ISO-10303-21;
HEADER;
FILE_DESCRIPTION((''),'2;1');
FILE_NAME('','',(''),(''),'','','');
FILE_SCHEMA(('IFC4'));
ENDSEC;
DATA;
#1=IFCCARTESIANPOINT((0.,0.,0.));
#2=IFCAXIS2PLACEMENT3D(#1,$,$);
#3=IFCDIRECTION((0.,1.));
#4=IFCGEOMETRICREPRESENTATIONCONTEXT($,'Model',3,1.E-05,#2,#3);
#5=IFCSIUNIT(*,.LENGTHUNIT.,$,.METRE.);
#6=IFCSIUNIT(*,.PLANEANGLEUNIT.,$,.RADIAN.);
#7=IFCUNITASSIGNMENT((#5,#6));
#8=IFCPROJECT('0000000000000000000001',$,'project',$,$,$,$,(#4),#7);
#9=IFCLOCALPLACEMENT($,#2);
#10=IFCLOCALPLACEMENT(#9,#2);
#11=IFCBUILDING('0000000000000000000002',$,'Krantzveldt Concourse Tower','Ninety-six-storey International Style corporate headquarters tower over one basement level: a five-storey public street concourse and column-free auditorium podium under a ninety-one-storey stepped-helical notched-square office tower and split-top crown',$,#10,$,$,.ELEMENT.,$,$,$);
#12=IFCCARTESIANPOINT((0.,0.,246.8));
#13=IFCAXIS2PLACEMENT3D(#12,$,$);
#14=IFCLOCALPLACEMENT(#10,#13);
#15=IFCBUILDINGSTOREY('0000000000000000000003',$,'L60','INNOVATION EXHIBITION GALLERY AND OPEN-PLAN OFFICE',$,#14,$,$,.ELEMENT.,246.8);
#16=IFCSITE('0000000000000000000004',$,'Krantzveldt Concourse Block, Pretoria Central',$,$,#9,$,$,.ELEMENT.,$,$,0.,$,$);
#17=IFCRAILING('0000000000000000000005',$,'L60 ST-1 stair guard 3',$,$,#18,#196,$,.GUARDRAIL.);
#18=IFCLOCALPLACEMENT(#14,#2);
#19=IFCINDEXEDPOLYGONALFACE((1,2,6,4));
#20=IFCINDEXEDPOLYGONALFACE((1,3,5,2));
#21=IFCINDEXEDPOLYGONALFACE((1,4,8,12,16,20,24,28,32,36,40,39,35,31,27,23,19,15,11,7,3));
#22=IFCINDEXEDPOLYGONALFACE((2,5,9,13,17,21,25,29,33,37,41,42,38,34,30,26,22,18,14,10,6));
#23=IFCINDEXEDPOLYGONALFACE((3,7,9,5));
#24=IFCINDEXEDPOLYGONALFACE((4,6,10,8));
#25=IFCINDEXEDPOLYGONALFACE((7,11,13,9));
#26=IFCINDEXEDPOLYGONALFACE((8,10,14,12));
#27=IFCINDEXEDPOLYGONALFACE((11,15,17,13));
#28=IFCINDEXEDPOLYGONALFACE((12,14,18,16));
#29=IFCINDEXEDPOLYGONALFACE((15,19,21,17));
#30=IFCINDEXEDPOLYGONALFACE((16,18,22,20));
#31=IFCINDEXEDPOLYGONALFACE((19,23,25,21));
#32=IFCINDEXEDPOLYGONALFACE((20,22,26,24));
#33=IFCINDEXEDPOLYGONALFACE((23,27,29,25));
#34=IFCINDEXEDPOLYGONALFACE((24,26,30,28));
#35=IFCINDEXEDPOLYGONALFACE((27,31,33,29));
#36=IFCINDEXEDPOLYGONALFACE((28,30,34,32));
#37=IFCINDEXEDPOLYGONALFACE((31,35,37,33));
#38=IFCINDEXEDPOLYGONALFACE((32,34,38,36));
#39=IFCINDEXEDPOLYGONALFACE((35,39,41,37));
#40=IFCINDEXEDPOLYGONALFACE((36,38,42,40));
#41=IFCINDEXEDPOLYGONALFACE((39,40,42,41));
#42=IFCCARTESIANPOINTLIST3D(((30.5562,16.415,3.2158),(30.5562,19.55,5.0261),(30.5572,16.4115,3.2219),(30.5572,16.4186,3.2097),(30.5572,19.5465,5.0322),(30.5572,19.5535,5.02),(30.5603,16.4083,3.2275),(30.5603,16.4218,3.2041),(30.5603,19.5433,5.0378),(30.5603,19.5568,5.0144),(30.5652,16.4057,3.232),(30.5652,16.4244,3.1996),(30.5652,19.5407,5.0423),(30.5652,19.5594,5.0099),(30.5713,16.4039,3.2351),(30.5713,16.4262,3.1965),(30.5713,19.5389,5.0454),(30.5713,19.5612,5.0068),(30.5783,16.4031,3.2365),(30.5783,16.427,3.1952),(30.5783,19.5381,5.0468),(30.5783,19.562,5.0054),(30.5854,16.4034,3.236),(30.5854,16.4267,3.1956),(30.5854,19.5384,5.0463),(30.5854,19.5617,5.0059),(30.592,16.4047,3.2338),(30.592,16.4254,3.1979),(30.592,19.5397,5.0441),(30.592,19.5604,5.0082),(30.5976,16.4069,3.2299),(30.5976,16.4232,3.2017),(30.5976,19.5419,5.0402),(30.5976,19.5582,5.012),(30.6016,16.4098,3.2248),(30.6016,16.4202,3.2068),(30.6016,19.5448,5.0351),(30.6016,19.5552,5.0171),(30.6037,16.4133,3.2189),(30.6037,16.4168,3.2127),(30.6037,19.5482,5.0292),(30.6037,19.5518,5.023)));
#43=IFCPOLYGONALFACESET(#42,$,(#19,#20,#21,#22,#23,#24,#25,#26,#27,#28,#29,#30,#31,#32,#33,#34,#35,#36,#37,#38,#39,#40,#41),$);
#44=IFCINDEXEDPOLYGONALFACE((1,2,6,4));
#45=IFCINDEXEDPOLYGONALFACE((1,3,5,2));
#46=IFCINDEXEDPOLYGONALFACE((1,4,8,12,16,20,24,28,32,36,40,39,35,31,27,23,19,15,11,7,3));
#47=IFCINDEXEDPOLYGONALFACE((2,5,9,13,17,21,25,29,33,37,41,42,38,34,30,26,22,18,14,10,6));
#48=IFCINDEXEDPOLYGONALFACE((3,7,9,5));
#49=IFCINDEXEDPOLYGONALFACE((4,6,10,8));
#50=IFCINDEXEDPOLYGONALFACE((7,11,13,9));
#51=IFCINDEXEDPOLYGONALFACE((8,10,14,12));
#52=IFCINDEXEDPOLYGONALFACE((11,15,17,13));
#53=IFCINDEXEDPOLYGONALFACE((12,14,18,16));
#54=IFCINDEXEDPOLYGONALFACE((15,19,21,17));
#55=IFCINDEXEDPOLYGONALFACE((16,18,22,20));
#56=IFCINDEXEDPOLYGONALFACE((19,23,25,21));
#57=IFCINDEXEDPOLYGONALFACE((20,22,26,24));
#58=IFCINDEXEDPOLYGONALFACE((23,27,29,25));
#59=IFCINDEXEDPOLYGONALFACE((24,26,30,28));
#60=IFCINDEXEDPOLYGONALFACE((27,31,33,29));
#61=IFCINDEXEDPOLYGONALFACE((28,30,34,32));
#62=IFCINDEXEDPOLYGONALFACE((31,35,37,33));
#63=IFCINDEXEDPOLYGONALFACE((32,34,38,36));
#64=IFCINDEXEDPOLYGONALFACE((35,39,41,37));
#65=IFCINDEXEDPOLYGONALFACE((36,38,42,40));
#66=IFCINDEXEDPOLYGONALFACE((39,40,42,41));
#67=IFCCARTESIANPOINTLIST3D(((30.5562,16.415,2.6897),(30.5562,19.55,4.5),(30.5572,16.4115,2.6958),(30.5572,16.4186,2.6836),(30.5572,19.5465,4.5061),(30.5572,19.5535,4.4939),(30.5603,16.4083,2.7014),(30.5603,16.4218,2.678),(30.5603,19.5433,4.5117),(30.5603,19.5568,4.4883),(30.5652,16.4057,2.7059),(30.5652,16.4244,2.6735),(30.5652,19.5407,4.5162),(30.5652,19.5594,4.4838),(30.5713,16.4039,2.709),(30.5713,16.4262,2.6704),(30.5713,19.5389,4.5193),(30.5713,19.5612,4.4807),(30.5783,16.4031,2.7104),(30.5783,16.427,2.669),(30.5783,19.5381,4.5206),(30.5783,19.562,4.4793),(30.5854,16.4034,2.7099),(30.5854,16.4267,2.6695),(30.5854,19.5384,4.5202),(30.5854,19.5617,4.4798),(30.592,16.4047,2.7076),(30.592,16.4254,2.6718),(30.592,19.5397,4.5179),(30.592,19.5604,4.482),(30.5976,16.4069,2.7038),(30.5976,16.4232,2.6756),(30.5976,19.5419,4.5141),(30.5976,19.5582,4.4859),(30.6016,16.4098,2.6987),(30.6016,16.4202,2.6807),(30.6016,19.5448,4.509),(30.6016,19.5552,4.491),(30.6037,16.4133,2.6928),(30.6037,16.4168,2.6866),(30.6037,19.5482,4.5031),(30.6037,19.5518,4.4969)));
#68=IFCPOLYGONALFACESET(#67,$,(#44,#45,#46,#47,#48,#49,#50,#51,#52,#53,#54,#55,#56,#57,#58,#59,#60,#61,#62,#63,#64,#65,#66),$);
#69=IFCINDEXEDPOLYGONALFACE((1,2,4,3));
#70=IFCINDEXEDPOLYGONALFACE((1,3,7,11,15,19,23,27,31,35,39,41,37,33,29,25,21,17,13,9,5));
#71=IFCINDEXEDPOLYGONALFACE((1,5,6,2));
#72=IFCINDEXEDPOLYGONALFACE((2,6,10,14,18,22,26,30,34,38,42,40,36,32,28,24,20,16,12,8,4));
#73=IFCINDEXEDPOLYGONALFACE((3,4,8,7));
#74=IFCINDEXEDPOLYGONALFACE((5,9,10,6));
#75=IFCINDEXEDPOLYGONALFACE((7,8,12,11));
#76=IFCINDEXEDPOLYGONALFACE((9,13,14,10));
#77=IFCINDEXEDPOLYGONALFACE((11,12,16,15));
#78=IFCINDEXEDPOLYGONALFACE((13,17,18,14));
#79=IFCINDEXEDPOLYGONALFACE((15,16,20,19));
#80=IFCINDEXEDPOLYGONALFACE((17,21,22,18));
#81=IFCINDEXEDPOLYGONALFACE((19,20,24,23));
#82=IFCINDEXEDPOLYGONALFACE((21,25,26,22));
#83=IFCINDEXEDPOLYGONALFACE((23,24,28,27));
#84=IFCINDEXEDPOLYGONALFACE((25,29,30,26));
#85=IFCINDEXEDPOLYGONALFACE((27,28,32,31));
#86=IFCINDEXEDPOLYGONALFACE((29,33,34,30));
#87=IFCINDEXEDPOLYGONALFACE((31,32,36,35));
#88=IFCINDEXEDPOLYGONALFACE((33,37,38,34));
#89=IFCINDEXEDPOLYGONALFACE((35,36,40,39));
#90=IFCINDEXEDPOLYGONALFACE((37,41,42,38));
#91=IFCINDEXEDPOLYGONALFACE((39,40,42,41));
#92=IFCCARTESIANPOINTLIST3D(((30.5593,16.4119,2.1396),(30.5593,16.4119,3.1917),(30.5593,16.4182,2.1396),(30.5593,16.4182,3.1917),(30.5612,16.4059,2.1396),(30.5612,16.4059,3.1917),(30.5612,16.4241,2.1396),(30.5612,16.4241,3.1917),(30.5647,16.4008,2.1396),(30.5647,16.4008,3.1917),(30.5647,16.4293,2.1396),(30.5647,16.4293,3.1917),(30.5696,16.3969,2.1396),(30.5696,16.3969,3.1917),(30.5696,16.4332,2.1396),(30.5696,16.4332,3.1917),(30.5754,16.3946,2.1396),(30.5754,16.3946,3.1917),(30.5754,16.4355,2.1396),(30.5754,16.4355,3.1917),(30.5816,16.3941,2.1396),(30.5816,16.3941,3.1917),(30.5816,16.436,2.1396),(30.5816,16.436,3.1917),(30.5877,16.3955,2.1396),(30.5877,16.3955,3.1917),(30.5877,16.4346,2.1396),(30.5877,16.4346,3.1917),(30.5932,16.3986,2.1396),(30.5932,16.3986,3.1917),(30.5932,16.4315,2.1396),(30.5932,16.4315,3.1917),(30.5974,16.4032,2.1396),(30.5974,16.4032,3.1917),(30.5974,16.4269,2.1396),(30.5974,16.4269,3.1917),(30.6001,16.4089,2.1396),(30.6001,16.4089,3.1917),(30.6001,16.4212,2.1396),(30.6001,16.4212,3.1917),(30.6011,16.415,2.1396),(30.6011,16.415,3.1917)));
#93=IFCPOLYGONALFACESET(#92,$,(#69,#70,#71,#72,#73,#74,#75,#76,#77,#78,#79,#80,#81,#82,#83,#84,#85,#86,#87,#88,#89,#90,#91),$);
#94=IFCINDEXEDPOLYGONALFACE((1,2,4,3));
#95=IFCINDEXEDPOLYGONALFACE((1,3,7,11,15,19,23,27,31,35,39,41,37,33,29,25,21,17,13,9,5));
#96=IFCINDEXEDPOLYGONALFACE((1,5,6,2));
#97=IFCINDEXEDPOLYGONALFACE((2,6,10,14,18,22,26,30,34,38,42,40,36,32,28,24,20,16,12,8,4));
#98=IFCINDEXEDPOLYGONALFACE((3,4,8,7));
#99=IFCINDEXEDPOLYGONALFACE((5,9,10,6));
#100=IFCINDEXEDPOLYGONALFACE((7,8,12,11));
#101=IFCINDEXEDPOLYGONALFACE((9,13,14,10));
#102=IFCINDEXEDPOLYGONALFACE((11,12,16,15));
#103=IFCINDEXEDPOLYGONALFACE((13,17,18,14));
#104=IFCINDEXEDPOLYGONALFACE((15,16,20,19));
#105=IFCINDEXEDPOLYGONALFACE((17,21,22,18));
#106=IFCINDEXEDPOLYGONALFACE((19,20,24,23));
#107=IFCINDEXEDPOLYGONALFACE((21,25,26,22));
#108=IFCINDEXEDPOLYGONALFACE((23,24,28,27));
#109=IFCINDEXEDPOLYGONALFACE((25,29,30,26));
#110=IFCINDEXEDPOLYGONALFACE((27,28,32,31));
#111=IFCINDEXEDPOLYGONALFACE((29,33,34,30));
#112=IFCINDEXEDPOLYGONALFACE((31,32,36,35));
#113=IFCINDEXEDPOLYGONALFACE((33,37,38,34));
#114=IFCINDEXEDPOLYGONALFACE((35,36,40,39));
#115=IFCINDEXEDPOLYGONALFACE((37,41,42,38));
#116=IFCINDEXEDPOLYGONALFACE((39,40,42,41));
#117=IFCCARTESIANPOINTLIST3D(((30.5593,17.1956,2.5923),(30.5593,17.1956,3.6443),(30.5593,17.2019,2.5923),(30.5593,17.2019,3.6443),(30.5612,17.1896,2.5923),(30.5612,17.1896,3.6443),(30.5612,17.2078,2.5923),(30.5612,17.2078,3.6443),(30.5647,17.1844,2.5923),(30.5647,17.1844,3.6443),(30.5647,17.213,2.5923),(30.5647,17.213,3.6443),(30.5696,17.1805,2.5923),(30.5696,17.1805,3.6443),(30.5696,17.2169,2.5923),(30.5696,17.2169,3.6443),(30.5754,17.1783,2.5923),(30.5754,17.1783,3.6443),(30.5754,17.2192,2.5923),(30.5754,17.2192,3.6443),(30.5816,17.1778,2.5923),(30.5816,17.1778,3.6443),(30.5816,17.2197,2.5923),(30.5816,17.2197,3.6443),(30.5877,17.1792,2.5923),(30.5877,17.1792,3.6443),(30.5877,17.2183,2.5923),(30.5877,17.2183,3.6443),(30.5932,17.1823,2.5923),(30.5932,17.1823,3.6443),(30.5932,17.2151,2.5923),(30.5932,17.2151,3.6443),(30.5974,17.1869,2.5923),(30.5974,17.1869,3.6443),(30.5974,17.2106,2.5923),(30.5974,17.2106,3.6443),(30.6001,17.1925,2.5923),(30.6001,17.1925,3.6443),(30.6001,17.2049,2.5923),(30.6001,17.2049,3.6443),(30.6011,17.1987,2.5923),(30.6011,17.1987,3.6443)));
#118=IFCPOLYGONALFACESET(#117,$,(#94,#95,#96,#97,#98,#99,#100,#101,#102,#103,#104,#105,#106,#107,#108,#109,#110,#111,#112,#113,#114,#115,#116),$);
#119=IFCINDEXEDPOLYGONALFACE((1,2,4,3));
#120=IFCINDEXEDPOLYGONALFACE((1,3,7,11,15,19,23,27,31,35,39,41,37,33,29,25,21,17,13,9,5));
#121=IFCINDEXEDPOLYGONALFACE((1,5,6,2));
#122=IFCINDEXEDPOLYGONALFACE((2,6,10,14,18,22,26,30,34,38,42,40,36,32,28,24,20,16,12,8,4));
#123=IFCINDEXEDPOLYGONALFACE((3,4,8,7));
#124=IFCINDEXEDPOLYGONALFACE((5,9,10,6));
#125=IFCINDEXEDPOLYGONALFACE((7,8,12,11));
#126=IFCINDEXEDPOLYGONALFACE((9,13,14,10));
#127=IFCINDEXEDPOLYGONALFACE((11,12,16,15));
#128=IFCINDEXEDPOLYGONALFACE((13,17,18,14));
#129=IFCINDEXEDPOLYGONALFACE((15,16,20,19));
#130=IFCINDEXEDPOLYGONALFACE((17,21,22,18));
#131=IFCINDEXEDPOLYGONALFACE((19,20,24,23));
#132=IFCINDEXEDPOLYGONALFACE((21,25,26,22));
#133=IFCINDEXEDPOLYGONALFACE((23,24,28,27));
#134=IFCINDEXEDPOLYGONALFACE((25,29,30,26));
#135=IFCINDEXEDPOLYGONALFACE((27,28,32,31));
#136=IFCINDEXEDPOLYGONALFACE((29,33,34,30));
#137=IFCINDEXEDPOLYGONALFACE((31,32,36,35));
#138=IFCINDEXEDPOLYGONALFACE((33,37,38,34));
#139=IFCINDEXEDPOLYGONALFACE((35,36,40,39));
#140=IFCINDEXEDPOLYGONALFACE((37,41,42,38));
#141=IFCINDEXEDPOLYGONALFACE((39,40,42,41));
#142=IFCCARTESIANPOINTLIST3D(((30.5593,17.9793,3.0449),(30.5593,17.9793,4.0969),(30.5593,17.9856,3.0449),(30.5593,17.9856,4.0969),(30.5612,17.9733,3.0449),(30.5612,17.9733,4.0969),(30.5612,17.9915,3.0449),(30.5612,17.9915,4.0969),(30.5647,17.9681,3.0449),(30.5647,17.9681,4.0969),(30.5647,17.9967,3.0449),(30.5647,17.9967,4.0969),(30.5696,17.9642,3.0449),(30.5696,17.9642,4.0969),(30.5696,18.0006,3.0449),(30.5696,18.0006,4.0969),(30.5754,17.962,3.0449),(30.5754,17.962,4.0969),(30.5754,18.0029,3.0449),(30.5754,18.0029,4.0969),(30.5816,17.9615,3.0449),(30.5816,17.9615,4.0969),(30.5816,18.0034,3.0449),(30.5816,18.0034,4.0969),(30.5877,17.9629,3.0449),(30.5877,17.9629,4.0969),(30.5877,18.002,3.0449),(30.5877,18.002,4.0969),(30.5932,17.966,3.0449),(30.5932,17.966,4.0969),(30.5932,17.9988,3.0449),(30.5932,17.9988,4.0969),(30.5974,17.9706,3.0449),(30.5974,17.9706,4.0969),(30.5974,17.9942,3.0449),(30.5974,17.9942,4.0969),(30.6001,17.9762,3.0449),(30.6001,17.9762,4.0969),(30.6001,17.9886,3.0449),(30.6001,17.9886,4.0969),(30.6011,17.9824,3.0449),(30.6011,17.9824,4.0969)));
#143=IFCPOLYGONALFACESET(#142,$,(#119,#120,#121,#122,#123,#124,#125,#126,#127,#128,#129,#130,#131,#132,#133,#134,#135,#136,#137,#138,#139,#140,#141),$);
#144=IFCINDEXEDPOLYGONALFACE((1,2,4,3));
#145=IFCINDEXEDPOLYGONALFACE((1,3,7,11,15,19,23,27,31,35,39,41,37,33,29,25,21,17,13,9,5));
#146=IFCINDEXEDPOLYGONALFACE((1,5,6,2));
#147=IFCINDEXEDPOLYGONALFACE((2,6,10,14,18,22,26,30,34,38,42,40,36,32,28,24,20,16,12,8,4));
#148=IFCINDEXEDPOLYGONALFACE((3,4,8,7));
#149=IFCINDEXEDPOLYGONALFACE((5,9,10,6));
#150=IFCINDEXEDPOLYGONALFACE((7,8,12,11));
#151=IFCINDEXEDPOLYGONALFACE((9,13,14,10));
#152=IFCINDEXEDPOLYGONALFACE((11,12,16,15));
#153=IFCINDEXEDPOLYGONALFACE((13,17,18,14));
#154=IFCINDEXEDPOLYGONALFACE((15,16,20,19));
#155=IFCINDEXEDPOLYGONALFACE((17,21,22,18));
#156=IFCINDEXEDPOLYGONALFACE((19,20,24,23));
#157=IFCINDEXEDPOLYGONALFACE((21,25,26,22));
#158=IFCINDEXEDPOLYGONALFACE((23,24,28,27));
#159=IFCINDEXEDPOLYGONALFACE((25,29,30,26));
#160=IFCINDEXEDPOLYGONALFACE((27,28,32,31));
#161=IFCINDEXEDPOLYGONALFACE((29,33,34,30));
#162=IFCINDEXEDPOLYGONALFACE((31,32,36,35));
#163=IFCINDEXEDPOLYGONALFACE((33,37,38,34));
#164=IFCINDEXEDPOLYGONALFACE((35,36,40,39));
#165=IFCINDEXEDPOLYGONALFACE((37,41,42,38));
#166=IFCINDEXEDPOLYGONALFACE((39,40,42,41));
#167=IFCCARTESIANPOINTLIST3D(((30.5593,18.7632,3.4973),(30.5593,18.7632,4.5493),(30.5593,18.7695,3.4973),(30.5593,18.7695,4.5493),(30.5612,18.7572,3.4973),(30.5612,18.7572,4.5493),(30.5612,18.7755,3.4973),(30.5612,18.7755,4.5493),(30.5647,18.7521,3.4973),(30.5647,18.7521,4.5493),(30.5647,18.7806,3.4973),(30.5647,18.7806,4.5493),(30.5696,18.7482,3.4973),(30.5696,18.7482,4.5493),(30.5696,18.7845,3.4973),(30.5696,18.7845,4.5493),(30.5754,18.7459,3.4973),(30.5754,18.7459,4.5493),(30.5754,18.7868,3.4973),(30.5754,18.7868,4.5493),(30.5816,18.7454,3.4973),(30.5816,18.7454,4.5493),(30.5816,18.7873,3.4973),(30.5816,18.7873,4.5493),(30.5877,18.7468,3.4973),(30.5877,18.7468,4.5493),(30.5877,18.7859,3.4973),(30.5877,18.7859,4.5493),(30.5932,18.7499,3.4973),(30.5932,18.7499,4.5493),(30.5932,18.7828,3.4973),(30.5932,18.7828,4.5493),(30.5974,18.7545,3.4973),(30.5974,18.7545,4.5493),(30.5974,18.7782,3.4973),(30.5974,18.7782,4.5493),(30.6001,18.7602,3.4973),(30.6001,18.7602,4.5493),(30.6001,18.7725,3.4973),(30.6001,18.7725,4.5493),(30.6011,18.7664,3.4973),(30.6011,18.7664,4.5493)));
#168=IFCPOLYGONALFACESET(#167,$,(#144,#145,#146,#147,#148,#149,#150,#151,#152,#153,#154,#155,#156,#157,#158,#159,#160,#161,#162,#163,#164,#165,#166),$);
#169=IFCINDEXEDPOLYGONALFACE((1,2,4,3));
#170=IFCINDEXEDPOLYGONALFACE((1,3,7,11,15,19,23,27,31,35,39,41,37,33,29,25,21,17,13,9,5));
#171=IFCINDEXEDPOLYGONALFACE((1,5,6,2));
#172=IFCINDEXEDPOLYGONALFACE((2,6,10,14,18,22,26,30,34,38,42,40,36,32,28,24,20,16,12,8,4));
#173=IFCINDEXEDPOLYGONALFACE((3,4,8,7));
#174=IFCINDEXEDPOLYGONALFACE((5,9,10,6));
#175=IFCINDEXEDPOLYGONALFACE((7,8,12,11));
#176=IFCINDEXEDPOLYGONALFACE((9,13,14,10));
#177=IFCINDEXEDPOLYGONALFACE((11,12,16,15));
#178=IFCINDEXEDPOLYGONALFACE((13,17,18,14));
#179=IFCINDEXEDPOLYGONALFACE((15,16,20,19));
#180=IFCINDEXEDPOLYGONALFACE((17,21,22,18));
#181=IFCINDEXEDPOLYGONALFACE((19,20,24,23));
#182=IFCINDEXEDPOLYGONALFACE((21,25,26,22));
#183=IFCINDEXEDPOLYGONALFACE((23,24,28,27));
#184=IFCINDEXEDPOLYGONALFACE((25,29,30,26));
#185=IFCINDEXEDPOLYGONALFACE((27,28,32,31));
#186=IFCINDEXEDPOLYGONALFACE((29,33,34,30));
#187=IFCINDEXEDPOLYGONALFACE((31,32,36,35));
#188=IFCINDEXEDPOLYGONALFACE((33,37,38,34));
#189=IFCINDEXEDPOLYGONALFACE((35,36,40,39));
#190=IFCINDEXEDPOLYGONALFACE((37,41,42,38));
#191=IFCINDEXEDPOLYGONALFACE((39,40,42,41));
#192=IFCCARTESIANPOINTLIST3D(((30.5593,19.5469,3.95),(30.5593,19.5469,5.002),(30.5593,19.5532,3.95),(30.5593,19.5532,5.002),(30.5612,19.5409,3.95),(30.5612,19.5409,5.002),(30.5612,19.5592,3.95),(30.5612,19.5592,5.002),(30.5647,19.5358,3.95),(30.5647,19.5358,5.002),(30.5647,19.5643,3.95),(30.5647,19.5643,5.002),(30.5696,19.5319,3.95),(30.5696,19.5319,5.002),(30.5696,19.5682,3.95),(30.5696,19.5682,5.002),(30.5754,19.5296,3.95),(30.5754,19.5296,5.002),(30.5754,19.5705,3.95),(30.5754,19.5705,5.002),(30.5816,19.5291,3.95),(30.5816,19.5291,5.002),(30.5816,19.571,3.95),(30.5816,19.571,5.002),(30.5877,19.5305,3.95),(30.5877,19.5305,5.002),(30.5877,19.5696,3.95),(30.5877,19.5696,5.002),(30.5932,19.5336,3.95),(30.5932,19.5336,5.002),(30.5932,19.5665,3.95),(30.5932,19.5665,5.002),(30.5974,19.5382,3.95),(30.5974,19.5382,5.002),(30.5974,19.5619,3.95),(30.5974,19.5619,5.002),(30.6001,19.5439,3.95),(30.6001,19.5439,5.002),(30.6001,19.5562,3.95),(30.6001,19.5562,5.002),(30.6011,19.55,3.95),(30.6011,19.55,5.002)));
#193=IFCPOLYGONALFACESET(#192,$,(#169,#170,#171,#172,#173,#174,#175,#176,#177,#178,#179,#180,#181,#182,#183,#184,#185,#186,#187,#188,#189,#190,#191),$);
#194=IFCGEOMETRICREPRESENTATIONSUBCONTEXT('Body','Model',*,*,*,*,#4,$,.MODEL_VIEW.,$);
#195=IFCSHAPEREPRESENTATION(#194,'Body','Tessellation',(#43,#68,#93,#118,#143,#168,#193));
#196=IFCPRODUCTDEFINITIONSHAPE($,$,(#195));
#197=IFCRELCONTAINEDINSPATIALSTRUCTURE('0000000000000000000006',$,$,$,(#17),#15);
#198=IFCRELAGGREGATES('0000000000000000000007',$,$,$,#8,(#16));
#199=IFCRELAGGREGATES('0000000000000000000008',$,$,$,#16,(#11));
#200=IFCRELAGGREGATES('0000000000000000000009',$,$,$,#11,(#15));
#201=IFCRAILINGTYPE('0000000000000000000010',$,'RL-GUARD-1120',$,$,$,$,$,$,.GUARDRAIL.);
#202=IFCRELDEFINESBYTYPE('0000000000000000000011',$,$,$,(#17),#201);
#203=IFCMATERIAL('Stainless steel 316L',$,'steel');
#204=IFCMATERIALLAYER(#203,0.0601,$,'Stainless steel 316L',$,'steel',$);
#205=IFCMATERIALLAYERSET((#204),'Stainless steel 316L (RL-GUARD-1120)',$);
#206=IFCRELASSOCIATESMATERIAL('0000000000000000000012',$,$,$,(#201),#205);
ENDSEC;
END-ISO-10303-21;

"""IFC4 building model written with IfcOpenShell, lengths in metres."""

from ifc_helpers import new_model, si_unit, direction, frame, origin, origin_2d, place, context, subcontext, project, spatial, circle, extrude, material, layer, layer_set, type_object, element, save


model = new_model("IFC4")

# Units and contexts
model_context = context("Model", 3, precision=1e-05, world=origin(), true_north=direction((0.0, 1.0)))
body_context = subcontext(model_context, "Body", "Model", "MODEL_VIEW")
ifc_project = project(units=[si_unit("LENGTHUNIT", "METRE"), si_unit("PLANEANGLEUNIT", "RADIAN")], contexts=[model_context])

# Site, building, storey
site_placement = place(None, origin())
site = spatial("IfcSite", under=ifc_project, at=site_placement, Name="Krantzveldt Concourse Block, Pretoria Central", CompositionType="ELEMENT", RefElevation=0.0)
building_placement = place(site_placement, origin())
building = spatial("IfcBuilding", under=site, at=building_placement, Name="Krantzveldt Concourse Tower", Description="Ninety-six-storey International Style corporate headquarters tower over one basement level: a five-storey public street concourse and column-free auditorium podium under a ninety-one-storey stepped-helical notched-square office tower and split-top crown", CompositionType="ELEMENT")
storey_placement = place(building_placement, frame((0.0, 0.0, 246.8)))
storey = spatial("IfcBuildingStorey", under=building, at=storey_placement, Name="L60", Description="INNOVATION EXHIBITION GALLERY AND OPEN-PLAN OFFICE", CompositionType="ELEMENT", Elevation=246.8)

# Shared definitions
ifc_material_1 = material(Name="Stainless steel 316L", Category="steel")

# Railing
ifc_layer_1 = layer(ifc_material_1, 0.0601, Name="Stainless steel 316L", Category="steel")
ifc_layer_set_1 = layer_set([ifc_layer_1], Name="Stainless steel 316L (RL-GUARD-1120)")
railing_type_1 = type_object("IfcRailingType", Name="RL-GUARD-1120", PredefinedType="GUARDRAIL", material=ifc_layer_set_1)
railing_1_placement = place(storey_placement, frame((30.5801, 16.415, 2.1396)))
element("IfcRailing", 1, at=railing_1_placement, inside=storey, type_object=railing_type_1, Name="L60 ST-1 stair guard 3", PredefinedType="GUARDRAIL", context=body_context, shape_type="SweptSolid", body=[
    extrude(circle(Radius=0.0239, at=origin_2d()), frame((0.0, 0.0, 1.0762), z_axis=(0.0, 0.865989, 0.500063), x_axis=(-1.0, 0.0, 0.0)), (0.0, 0.0, 1.0), 3.6201),
    extrude(circle(Radius=0.0239, at=origin_2d()), frame((0.0, 0.0, 0.55), z_axis=(0.0, 0.865989, 0.500063), x_axis=(-1.0, 0.0, 0.0)), (0.0, 0.0, 1.0), 3.6201),
    extrude(circle(Radius=0.021, at=origin_2d()), origin(), (0.0, 0.0, 1.0), 1.052),
    extrude(circle(Radius=0.021, at=origin_2d()), frame((0.0, 0.7837, 0.4526)), (0.0, 0.0, 1.0), 1.052),
    extrude(circle(Radius=0.021, at=origin_2d()), frame((0.0, 1.5674, 0.9053)), (0.0, 0.0, 1.0), 1.052),
    extrude(circle(Radius=0.021, at=origin_2d()), frame((0.0, 2.3513, 1.3577)), (0.0, 0.0, 1.0), 1.052),
    extrude(circle(Radius=0.021, at=origin_2d()), frame((0.0, 3.135, 1.8103)), (0.0, 0.0, 1.0), 1.052),
])

save(model, "model.ifc")
